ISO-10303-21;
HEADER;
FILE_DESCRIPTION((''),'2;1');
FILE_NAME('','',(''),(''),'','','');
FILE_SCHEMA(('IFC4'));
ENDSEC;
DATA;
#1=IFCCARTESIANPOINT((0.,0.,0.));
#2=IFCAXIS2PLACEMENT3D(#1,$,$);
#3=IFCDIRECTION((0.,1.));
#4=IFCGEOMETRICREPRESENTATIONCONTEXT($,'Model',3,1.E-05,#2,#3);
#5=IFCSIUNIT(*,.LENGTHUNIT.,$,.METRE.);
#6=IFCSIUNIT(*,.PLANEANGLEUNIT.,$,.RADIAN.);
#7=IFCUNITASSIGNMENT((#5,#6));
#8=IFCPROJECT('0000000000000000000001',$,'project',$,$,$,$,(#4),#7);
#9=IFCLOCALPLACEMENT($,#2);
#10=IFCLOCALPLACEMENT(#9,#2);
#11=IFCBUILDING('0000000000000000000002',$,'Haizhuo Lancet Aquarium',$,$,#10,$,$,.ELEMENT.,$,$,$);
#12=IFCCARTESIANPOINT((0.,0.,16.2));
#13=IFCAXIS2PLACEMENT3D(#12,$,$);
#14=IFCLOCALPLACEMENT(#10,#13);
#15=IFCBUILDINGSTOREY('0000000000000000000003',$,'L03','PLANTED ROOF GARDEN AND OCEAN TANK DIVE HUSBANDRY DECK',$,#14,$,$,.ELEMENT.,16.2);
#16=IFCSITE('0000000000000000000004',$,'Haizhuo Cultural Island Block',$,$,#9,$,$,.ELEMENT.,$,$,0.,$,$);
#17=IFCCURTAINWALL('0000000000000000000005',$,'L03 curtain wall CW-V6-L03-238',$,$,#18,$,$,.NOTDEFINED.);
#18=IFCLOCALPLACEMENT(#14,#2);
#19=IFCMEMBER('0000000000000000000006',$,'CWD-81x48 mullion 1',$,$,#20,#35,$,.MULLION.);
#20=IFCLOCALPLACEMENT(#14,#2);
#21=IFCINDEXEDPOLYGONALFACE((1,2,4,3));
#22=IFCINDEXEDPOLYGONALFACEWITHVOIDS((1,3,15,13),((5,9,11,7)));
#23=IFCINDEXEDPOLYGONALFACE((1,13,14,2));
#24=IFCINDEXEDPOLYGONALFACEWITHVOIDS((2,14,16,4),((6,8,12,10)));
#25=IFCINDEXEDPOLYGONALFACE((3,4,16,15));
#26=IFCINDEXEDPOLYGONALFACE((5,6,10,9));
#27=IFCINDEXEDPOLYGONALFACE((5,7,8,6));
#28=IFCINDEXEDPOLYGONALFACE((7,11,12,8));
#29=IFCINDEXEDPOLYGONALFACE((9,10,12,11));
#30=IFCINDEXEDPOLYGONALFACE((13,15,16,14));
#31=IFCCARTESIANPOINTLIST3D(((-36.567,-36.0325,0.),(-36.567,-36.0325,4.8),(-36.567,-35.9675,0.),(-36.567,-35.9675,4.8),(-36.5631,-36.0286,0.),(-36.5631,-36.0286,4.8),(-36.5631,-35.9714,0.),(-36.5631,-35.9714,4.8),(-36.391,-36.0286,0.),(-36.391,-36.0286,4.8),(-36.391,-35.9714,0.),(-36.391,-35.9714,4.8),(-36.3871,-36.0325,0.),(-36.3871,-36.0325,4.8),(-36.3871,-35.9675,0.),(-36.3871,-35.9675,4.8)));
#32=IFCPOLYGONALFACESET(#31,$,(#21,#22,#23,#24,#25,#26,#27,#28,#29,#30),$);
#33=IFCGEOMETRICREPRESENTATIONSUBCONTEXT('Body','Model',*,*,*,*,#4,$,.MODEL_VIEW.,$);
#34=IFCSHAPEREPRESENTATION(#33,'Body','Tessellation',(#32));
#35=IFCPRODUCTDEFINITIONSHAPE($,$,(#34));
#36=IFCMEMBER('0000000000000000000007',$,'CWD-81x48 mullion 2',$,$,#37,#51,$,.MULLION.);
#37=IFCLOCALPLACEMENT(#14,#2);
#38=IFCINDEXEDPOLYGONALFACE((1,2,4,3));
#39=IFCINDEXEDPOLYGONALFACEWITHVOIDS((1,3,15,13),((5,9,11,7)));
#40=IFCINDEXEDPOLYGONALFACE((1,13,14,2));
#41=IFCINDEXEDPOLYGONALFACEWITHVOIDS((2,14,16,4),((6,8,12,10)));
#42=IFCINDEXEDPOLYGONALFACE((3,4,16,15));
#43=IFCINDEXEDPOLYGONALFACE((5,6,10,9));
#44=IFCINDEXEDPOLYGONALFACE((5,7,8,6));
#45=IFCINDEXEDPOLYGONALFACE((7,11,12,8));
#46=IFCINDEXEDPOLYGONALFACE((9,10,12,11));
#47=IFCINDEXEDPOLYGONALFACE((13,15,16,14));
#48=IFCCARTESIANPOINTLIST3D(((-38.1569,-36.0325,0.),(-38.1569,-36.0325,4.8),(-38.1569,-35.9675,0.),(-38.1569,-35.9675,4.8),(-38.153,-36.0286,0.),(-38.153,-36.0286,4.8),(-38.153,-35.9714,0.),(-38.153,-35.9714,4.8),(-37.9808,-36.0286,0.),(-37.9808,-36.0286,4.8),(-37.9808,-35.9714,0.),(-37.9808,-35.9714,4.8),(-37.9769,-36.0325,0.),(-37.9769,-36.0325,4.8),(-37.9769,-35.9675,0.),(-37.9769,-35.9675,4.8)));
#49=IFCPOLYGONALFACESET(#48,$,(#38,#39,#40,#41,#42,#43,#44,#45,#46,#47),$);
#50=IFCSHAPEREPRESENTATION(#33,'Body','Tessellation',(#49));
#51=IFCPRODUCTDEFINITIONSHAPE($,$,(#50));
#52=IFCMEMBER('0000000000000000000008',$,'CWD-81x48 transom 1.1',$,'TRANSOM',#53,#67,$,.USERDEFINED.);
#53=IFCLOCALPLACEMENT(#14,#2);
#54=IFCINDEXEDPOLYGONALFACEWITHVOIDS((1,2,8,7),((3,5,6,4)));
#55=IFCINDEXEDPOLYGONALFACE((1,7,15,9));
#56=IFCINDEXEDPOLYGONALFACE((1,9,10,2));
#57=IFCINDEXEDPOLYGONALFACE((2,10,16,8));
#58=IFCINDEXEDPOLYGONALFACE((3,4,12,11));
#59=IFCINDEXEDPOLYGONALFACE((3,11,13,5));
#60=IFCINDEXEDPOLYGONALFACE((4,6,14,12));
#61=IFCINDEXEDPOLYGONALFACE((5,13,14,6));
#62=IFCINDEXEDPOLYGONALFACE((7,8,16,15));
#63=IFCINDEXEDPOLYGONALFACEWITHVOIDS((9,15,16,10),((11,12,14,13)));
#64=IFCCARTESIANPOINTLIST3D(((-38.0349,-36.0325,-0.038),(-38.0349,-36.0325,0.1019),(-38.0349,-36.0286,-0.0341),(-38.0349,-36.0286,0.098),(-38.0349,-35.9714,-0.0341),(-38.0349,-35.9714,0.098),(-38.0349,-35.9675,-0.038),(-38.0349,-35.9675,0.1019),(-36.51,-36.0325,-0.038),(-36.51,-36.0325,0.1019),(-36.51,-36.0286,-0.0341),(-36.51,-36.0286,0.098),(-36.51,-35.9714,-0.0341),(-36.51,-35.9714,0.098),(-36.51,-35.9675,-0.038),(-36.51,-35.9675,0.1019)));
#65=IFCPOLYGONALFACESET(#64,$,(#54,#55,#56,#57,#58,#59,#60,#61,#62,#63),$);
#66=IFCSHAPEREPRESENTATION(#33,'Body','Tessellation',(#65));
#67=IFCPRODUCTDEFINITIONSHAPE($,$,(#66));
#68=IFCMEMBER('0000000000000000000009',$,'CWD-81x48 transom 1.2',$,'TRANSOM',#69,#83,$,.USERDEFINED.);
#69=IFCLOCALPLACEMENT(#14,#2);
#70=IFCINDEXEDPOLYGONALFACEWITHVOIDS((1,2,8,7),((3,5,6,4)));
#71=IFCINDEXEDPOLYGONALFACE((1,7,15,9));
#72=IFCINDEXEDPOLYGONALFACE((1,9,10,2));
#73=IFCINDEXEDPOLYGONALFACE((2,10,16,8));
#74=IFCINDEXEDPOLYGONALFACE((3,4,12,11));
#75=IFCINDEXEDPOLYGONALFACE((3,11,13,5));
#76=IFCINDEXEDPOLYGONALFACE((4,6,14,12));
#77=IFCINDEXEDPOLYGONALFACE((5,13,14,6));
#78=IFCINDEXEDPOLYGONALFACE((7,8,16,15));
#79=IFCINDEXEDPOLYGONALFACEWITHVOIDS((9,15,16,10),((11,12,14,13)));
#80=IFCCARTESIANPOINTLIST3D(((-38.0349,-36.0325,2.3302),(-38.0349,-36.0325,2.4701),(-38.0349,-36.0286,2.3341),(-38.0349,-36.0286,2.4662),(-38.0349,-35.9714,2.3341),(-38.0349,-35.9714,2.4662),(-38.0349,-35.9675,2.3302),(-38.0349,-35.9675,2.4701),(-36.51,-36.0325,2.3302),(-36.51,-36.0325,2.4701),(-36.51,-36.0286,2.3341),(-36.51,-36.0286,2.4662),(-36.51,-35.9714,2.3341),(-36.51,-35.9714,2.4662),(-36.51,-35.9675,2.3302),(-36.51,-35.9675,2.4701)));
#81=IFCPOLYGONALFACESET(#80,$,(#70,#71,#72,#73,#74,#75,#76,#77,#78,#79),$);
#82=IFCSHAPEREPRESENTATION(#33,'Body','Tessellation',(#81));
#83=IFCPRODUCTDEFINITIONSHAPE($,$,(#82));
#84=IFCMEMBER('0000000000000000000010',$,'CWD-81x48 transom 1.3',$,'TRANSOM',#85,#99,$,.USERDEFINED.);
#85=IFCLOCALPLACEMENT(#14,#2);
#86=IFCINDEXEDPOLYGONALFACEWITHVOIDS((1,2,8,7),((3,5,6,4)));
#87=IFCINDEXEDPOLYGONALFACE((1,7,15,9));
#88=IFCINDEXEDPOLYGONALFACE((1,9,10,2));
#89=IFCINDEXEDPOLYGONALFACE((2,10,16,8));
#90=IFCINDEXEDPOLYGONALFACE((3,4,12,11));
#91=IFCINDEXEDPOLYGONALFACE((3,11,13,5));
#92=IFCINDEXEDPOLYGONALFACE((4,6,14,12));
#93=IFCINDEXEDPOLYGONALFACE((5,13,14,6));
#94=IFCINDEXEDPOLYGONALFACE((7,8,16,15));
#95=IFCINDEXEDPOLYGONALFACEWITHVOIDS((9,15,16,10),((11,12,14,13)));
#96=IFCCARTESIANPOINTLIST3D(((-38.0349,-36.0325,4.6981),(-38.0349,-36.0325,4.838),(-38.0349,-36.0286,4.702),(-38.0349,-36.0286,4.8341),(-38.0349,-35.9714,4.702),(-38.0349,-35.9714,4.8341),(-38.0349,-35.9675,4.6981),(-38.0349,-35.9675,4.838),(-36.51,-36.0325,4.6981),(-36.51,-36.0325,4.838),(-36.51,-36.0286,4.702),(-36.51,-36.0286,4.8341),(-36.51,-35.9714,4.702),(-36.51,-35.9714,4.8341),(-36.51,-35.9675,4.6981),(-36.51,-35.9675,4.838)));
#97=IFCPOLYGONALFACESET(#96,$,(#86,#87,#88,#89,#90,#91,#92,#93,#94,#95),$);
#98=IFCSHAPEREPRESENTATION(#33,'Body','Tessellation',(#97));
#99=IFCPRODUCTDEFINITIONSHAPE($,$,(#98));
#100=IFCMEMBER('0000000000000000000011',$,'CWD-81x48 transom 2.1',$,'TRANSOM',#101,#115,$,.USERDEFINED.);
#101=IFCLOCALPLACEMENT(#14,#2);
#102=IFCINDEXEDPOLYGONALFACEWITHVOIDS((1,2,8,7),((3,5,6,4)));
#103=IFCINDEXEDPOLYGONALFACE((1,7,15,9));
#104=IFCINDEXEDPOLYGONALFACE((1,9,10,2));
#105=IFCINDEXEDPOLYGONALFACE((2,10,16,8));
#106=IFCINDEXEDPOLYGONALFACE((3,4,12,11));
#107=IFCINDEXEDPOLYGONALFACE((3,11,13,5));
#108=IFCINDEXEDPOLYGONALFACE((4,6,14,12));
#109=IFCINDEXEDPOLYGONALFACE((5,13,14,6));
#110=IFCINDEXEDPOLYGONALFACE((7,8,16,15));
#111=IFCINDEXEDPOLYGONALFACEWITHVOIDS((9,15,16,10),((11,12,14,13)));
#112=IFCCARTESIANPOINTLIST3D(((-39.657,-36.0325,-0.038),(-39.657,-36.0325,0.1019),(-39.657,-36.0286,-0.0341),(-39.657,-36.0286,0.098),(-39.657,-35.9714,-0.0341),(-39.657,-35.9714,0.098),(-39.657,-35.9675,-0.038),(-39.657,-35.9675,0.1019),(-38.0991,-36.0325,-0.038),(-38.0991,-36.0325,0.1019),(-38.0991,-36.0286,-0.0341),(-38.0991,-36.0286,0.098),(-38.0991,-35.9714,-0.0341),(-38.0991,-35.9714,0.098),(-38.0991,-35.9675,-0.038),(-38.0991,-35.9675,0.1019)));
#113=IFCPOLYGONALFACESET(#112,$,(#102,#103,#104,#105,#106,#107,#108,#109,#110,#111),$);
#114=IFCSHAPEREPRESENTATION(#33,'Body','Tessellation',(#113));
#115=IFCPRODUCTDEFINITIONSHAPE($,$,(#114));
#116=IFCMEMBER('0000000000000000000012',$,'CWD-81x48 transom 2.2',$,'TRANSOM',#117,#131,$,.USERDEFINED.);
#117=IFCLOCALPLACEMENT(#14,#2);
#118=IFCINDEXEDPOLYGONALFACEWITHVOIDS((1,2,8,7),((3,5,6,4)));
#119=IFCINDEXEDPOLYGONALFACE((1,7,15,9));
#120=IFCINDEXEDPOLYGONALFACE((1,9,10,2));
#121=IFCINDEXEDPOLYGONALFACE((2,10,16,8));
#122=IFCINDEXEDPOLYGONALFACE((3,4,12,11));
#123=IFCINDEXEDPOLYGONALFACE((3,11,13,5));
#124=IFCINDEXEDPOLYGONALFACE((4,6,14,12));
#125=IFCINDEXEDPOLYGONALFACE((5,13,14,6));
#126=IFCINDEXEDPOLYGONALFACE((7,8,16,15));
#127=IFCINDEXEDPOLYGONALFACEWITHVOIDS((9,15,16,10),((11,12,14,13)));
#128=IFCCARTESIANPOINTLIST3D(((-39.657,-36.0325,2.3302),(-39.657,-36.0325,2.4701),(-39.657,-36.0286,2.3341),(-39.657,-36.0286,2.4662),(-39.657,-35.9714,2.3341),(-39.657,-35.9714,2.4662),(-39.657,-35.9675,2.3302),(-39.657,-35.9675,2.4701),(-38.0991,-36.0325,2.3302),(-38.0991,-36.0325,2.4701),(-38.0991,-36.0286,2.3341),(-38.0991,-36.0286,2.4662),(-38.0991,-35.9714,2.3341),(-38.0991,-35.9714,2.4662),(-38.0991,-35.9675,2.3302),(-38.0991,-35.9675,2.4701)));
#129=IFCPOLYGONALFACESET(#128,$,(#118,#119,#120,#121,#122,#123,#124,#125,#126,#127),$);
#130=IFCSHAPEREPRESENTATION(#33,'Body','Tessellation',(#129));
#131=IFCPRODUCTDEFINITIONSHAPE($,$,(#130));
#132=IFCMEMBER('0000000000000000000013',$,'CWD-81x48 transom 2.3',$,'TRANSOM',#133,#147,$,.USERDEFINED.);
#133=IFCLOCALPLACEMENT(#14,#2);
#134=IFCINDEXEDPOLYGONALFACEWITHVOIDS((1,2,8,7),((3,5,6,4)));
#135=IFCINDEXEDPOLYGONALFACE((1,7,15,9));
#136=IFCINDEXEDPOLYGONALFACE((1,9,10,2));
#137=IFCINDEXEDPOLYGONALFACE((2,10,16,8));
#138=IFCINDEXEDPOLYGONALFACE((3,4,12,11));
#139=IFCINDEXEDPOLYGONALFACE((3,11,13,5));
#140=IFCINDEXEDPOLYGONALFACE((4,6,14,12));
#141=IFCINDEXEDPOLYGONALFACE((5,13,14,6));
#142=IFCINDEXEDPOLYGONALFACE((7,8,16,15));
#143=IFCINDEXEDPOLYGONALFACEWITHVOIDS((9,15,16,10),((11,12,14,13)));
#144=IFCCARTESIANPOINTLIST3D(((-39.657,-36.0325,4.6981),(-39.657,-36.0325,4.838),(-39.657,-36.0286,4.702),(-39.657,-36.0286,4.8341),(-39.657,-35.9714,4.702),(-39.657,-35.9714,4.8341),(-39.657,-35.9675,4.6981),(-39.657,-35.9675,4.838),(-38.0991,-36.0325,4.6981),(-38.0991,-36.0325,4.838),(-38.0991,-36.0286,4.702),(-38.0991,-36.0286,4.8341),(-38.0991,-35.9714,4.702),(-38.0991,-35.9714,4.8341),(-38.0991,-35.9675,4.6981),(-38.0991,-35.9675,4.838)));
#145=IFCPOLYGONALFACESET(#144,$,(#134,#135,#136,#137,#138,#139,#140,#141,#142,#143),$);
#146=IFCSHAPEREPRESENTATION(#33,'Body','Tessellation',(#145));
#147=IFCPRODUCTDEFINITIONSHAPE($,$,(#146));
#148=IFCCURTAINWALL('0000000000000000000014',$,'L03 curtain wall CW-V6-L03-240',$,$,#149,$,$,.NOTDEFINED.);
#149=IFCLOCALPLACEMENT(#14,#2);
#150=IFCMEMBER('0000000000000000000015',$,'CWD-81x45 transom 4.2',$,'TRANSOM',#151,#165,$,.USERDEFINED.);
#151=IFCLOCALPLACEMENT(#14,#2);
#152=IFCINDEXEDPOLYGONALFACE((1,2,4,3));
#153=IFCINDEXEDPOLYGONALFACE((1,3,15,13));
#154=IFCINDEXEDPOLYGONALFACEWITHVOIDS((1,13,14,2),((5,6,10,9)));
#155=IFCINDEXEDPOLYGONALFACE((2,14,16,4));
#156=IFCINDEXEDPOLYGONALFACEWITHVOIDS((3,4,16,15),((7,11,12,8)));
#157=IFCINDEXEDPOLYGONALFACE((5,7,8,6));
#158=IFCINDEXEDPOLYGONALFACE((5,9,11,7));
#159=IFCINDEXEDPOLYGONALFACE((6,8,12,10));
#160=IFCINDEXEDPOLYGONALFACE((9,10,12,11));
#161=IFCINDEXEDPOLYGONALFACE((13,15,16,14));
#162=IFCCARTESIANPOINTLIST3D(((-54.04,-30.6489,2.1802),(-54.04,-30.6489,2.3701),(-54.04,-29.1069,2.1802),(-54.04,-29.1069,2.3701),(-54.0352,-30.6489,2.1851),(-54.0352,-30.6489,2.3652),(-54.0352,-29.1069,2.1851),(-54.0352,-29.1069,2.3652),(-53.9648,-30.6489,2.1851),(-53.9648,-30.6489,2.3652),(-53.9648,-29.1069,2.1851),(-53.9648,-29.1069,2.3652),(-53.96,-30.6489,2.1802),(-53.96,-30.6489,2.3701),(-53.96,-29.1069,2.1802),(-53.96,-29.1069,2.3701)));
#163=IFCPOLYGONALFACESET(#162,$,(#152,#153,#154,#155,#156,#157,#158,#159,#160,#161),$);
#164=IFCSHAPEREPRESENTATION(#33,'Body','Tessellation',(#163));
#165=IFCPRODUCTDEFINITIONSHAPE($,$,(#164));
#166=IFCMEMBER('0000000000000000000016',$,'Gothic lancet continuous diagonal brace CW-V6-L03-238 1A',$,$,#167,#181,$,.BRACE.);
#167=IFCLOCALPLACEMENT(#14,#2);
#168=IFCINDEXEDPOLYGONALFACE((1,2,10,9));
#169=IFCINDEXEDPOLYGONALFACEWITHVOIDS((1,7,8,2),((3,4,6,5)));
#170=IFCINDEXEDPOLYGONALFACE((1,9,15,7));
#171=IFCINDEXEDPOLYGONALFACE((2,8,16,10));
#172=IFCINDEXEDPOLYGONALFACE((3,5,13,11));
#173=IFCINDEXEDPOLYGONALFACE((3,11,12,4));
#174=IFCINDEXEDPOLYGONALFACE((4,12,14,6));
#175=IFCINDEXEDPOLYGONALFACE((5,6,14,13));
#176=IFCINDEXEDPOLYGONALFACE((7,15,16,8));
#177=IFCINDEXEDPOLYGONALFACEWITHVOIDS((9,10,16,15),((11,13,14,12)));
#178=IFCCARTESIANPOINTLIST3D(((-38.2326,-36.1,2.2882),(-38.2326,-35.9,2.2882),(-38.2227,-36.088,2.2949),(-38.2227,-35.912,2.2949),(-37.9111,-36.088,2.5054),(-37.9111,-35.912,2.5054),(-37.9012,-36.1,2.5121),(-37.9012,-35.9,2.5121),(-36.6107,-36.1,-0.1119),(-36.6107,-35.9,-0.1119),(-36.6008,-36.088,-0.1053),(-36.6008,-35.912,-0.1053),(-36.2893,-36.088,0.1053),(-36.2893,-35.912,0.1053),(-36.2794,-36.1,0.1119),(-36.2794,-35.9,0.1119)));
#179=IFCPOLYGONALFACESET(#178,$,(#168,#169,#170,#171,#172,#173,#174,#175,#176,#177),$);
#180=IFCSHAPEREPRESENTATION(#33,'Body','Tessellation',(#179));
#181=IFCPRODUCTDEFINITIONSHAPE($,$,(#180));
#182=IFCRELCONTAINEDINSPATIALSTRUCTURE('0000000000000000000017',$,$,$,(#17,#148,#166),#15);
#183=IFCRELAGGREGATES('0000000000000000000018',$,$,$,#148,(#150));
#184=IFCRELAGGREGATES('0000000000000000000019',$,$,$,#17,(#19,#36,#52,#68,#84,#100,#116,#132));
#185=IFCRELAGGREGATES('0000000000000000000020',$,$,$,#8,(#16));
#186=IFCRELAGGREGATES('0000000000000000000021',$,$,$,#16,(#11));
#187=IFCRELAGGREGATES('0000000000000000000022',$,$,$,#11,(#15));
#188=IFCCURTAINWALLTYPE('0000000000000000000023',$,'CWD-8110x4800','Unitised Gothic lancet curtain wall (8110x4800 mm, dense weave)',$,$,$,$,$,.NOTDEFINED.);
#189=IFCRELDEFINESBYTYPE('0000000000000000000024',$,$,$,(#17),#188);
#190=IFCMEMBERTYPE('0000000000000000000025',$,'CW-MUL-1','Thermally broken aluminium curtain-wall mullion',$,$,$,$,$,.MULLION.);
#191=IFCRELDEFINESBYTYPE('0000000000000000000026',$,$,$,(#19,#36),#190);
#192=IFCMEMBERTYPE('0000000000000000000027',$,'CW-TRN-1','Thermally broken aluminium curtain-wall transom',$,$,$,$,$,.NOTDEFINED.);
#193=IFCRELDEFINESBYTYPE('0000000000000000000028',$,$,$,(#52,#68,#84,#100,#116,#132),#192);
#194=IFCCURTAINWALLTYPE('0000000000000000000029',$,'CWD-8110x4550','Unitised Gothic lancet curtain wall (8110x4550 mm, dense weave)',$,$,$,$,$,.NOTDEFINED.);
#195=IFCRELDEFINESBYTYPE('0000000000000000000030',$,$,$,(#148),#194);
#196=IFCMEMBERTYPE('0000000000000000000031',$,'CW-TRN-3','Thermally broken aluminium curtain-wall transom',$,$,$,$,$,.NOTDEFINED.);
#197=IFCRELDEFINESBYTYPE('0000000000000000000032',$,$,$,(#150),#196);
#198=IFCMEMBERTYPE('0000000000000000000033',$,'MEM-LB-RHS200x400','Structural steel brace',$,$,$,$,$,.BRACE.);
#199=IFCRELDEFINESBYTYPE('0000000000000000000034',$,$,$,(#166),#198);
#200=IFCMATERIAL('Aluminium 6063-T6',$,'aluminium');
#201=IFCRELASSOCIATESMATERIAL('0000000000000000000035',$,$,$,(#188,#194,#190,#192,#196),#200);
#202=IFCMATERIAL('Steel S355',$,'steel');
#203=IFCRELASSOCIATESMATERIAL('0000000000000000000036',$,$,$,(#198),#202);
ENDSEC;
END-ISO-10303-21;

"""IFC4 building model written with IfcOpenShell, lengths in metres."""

from ifc_helpers import new_model, si_unit, direction, frame, origin, origin_2d, place, context, subcontext, project, spatial, hollow_rectangle, extrude, material, material_profile, profile_set, type_object, element, aggregate, save


model = new_model("IFC4")

# Units and contexts
model_context = context("Model", 3, precision=1e-05, world=origin(), true_north=direction((0.0, 1.0)))
body_context = subcontext(model_context, "Body", "Model", "MODEL_VIEW")
ifc_project = project(units=[si_unit("LENGTHUNIT", "METRE"), si_unit("PLANEANGLEUNIT", "RADIAN")], contexts=[model_context])

# Site, building, storey
site_placement = place(None, origin())
site = spatial("IfcSite", under=ifc_project, at=site_placement, Name="Haizhuo Cultural Island Block", CompositionType="ELEMENT", RefElevation=0.0)
building_placement = place(site_placement, origin())
building = spatial("IfcBuilding", under=site, at=building_placement, Name="Haizhuo Lancet Aquarium", CompositionType="ELEMENT")
storey_placement = place(building_placement, frame((0.0, 0.0, 16.2)))
storey = spatial("IfcBuildingStorey", under=building, at=storey_placement, Name="L03", Description="PLANTED ROOF GARDEN AND OCEAN TANK DIVE HUSBANDRY DECK", CompositionType="ELEMENT", Elevation=16.2)

# Curtain wall, members
ifc_material_1 = material(Name="Aluminium 6063-T6", Category="aluminium")
curtain_wall_type_1 = type_object("IfcCurtainWallType", Name="CWD-8110x4800", Description="Unitised Gothic lancet curtain wall (8110x4800 mm, dense weave)", PredefinedType="NOTDEFINED", material=ifc_material_1)
curtain_wall_1_placement = place(storey_placement, origin())
curtain_wall_1 = element("IfcCurtainWall", 1, at=curtain_wall_1_placement, inside=storey, type_object=curtain_wall_type_1, Name="L03 curtain wall CW-V6-L03-238", PredefinedType="NOTDEFINED")
ifc_material_profile_1 = material_profile(ifc_material_1, hollow_rectangle(XDim=0.0649, YDim=0.1799, WallThickness=0.0039, at=origin_2d()), Name="ALU-M 65x180x4")
ifc_profile_set_1 = profile_set([ifc_material_profile_1], Name="Aluminium 6063-T6")
member_type_1 = type_object("IfcMemberType", Name="CW-MUL-1", Description="Thermally broken aluminium curtain-wall mullion", PredefinedType="MULLION", material=ifc_profile_set_1)
member_1_placement = place(storey_placement, frame((-36.4771, -36.0, 0.0), z_axis=(0.0, 0.0, 1.0), x_axis=(0.0, -1.0, 0.0)))
member_1 = element("IfcMember", 2, at=member_1_placement, type_object=member_type_1, Name="CWD-81x48 mullion 1", PredefinedType="MULLION", context=body_context, shape_type="SweptSolid", body=[
    extrude(hollow_rectangle(XDim=0.0649, YDim=0.1799, WallThickness=0.0039, at=origin_2d()), origin(), (0.0, 0.0, 1.0), 4.8),
])
member_2_placement = place(storey_placement, frame((-38.0669, -36.0, 0.0), z_axis=(0.0, 0.0, 1.0), x_axis=(0.0, -1.0, 0.0)))
member_2 = element("IfcMember", 3, at=member_2_placement, type_object=member_type_1, Name="CWD-81x48 mullion 2", PredefinedType="MULLION", context=body_context, shape_type="SweptSolid", body=[
    extrude(hollow_rectangle(XDim=0.0649, YDim=0.1799, WallThickness=0.0039, at=origin_2d()), origin(), (0.0, 0.0, 1.0), 4.8),
])
ifc_material_profile_2 = material_profile(ifc_material_1, hollow_rectangle(XDim=0.0649, YDim=0.1399, WallThickness=0.0039, at=origin_2d()), Name="ALU-T 65x140x4")
ifc_profile_set_2 = profile_set([ifc_material_profile_2], Name="Aluminium 6063-T6")
member_type_2 = type_object("IfcMemberType", Name="CW-TRN-1", Description="Thermally broken aluminium curtain-wall transom", PredefinedType="NOTDEFINED", material=ifc_profile_set_2)
member_3_placement = place(storey_placement, frame((-36.51, -36.0, 0.032), z_axis=(-1.0, 0.0, 0.0), x_axis=(0.0, -1.0, 0.0)))
member_3 = element("IfcMember", 4, at=member_3_placement, type_object=member_type_2, Name="CWD-81x48 transom 1.1", ObjectType="TRANSOM", PredefinedType="USERDEFINED", context=body_context, shape_type="SweptSolid", body=[
    extrude(hollow_rectangle(XDim=0.0649, YDim=0.1399, WallThickness=0.0039, at=origin_2d()), origin(), (0.0, 0.0, 1.0), 1.5249),
])
member_4_placement = place(storey_placement, frame((-36.51, -36.0, 2.4001), z_axis=(-1.0, 0.0, 0.0), x_axis=(0.0, -1.0, 0.0)))
member_4 = element("IfcMember", 5, at=member_4_placement, type_object=member_type_2, Name="CWD-81x48 transom 1.2", ObjectType="TRANSOM", PredefinedType="USERDEFINED", context=body_context, shape_type="SweptSolid", body=[
    extrude(hollow_rectangle(XDim=0.0649, YDim=0.1399, WallThickness=0.0039, at=origin_2d()), origin(), (0.0, 0.0, 1.0), 1.5249),
])
member_5_placement = place(storey_placement, frame((-36.51, -36.0, 4.7681), z_axis=(-1.0, 0.0, 0.0), x_axis=(0.0, -1.0, 0.0)))
member_5 = element("IfcMember", 6, at=member_5_placement, type_object=member_type_2, Name="CWD-81x48 transom 1.3", ObjectType="TRANSOM", PredefinedType="USERDEFINED", context=body_context, shape_type="SweptSolid", body=[
    extrude(hollow_rectangle(XDim=0.0649, YDim=0.1399, WallThickness=0.0039, at=origin_2d()), origin(), (0.0, 0.0, 1.0), 1.5249),
])
member_6_placement = place(storey_placement, frame((-38.0991, -36.0, 0.032), z_axis=(-1.0, 0.0, 0.0), x_axis=(0.0, -1.0, 0.0)))
member_6 = element("IfcMember", 7, at=member_6_placement, type_object=member_type_2, Name="CWD-81x48 transom 2.1", ObjectType="TRANSOM", PredefinedType="USERDEFINED", context=body_context, shape_type="SweptSolid", body=[
    extrude(hollow_rectangle(XDim=0.0649, YDim=0.1399, WallThickness=0.0039, at=origin_2d()), origin(), (0.0, 0.0, 1.0), 1.5579),
])
member_7_placement = place(storey_placement, frame((-38.0991, -36.0, 2.4001), z_axis=(-1.0, 0.0, 0.0), x_axis=(0.0, -1.0, 0.0)))
member_7 = element("IfcMember", 8, at=member_7_placement, type_object=member_type_2, Name="CWD-81x48 transom 2.2", ObjectType="TRANSOM", PredefinedType="USERDEFINED", context=body_context, shape_type="SweptSolid", body=[
    extrude(hollow_rectangle(XDim=0.0649, YDim=0.1399, WallThickness=0.0039, at=origin_2d()), origin(), (0.0, 0.0, 1.0), 1.5579),
])
member_8_placement = place(storey_placement, frame((-38.0991, -36.0, 4.7681), z_axis=(-1.0, 0.0, 0.0), x_axis=(0.0, -1.0, 0.0)))
member_8 = element("IfcMember", 9, at=member_8_placement, type_object=member_type_2, Name="CWD-81x48 transom 2.3", ObjectType="TRANSOM", PredefinedType="USERDEFINED", context=body_context, shape_type="SweptSolid", body=[
    extrude(hollow_rectangle(XDim=0.0649, YDim=0.1399, WallThickness=0.0039, at=origin_2d()), origin(), (0.0, 0.0, 1.0), 1.5579),
])

# Curtain wall, member
curtain_wall_type_2 = type_object("IfcCurtainWallType", Name="CWD-8110x4550", Description="Unitised Gothic lancet curtain wall (8110x4550 mm, dense weave)", PredefinedType="NOTDEFINED", material=ifc_material_1)
curtain_wall_2_placement = place(storey_placement, origin())
curtain_wall_2 = element("IfcCurtainWall", 10, at=curtain_wall_2_placement, inside=storey, type_object=curtain_wall_type_2, Name="L03 curtain wall CW-V6-L03-240", PredefinedType="NOTDEFINED")
ifc_material_profile_3 = material_profile(ifc_material_1, hollow_rectangle(XDim=0.0801, YDim=0.1899, WallThickness=0.0049, at=origin_2d()), Name="ALU-T 80x190x5")
ifc_profile_set_3 = profile_set([ifc_material_profile_3], Name="Aluminium 6063-T6")
member_type_3 = type_object("IfcMemberType", Name="CW-TRN-3", Description="Thermally broken aluminium curtain-wall transom", PredefinedType="NOTDEFINED", material=ifc_profile_set_3)
member_9_placement = place(storey_placement, frame((-54.0, -30.6489, 2.2751), z_axis=(0.0, 1.0, 0.0), x_axis=(-1.0, 0.0, 0.0)))
member_9 = element("IfcMember", 11, at=member_9_placement, type_object=member_type_3, Name="CWD-81x45 transom 4.2", ObjectType="TRANSOM", PredefinedType="USERDEFINED", context=body_context, shape_type="SweptSolid", body=[
    extrude(hollow_rectangle(XDim=0.0801, YDim=0.1899, WallThickness=0.0049, at=origin_2d()), origin(), (0.0, 0.0, 1.0), 1.542),
])
aggregate(curtain_wall_2, [member_9])

# Member
ifc_material_2 = material(Name="Steel S355", Category="steel")
ifc_material_profile_4 = material_profile(ifc_material_2, hollow_rectangle(XDim=0.2, YDim=0.3999, WallThickness=0.012, at=origin_2d()), Name="RHS 200x400x12")
ifc_profile_set_4 = profile_set([ifc_material_profile_4], Name="Steel S355")
member_type_4 = type_object("IfcMemberType", Name="MEM-LB-RHS200x400", Description="Structural steel brace", PredefinedType="BRACE", material=ifc_profile_set_4)
member_10_placement = place(storey_placement, frame((-36.4451, -36.0, 0.0), z_axis=(-0.559882, 0.0, 0.828572), x_axis=(0.0, -1.0, 0.0)))
element("IfcMember", 12, at=member_10_placement, inside=storey, type_object=member_type_4, Name="Gothic lancet continuous diagonal brace CW-V6-L03-238 1A", PredefinedType="BRACE", context=body_context, shape_type="SweptSolid", body=[
    extrude(hollow_rectangle(XDim=0.2, YDim=0.3999, WallThickness=0.012, at=origin_2d()), origin(), (0.0, 0.0, 1.0), 2.8967),
])

aggregate(curtain_wall_1, [member_1, member_2, member_3, member_4, member_5, member_6, member_7, member_8])

save(model, "model.ifc")
